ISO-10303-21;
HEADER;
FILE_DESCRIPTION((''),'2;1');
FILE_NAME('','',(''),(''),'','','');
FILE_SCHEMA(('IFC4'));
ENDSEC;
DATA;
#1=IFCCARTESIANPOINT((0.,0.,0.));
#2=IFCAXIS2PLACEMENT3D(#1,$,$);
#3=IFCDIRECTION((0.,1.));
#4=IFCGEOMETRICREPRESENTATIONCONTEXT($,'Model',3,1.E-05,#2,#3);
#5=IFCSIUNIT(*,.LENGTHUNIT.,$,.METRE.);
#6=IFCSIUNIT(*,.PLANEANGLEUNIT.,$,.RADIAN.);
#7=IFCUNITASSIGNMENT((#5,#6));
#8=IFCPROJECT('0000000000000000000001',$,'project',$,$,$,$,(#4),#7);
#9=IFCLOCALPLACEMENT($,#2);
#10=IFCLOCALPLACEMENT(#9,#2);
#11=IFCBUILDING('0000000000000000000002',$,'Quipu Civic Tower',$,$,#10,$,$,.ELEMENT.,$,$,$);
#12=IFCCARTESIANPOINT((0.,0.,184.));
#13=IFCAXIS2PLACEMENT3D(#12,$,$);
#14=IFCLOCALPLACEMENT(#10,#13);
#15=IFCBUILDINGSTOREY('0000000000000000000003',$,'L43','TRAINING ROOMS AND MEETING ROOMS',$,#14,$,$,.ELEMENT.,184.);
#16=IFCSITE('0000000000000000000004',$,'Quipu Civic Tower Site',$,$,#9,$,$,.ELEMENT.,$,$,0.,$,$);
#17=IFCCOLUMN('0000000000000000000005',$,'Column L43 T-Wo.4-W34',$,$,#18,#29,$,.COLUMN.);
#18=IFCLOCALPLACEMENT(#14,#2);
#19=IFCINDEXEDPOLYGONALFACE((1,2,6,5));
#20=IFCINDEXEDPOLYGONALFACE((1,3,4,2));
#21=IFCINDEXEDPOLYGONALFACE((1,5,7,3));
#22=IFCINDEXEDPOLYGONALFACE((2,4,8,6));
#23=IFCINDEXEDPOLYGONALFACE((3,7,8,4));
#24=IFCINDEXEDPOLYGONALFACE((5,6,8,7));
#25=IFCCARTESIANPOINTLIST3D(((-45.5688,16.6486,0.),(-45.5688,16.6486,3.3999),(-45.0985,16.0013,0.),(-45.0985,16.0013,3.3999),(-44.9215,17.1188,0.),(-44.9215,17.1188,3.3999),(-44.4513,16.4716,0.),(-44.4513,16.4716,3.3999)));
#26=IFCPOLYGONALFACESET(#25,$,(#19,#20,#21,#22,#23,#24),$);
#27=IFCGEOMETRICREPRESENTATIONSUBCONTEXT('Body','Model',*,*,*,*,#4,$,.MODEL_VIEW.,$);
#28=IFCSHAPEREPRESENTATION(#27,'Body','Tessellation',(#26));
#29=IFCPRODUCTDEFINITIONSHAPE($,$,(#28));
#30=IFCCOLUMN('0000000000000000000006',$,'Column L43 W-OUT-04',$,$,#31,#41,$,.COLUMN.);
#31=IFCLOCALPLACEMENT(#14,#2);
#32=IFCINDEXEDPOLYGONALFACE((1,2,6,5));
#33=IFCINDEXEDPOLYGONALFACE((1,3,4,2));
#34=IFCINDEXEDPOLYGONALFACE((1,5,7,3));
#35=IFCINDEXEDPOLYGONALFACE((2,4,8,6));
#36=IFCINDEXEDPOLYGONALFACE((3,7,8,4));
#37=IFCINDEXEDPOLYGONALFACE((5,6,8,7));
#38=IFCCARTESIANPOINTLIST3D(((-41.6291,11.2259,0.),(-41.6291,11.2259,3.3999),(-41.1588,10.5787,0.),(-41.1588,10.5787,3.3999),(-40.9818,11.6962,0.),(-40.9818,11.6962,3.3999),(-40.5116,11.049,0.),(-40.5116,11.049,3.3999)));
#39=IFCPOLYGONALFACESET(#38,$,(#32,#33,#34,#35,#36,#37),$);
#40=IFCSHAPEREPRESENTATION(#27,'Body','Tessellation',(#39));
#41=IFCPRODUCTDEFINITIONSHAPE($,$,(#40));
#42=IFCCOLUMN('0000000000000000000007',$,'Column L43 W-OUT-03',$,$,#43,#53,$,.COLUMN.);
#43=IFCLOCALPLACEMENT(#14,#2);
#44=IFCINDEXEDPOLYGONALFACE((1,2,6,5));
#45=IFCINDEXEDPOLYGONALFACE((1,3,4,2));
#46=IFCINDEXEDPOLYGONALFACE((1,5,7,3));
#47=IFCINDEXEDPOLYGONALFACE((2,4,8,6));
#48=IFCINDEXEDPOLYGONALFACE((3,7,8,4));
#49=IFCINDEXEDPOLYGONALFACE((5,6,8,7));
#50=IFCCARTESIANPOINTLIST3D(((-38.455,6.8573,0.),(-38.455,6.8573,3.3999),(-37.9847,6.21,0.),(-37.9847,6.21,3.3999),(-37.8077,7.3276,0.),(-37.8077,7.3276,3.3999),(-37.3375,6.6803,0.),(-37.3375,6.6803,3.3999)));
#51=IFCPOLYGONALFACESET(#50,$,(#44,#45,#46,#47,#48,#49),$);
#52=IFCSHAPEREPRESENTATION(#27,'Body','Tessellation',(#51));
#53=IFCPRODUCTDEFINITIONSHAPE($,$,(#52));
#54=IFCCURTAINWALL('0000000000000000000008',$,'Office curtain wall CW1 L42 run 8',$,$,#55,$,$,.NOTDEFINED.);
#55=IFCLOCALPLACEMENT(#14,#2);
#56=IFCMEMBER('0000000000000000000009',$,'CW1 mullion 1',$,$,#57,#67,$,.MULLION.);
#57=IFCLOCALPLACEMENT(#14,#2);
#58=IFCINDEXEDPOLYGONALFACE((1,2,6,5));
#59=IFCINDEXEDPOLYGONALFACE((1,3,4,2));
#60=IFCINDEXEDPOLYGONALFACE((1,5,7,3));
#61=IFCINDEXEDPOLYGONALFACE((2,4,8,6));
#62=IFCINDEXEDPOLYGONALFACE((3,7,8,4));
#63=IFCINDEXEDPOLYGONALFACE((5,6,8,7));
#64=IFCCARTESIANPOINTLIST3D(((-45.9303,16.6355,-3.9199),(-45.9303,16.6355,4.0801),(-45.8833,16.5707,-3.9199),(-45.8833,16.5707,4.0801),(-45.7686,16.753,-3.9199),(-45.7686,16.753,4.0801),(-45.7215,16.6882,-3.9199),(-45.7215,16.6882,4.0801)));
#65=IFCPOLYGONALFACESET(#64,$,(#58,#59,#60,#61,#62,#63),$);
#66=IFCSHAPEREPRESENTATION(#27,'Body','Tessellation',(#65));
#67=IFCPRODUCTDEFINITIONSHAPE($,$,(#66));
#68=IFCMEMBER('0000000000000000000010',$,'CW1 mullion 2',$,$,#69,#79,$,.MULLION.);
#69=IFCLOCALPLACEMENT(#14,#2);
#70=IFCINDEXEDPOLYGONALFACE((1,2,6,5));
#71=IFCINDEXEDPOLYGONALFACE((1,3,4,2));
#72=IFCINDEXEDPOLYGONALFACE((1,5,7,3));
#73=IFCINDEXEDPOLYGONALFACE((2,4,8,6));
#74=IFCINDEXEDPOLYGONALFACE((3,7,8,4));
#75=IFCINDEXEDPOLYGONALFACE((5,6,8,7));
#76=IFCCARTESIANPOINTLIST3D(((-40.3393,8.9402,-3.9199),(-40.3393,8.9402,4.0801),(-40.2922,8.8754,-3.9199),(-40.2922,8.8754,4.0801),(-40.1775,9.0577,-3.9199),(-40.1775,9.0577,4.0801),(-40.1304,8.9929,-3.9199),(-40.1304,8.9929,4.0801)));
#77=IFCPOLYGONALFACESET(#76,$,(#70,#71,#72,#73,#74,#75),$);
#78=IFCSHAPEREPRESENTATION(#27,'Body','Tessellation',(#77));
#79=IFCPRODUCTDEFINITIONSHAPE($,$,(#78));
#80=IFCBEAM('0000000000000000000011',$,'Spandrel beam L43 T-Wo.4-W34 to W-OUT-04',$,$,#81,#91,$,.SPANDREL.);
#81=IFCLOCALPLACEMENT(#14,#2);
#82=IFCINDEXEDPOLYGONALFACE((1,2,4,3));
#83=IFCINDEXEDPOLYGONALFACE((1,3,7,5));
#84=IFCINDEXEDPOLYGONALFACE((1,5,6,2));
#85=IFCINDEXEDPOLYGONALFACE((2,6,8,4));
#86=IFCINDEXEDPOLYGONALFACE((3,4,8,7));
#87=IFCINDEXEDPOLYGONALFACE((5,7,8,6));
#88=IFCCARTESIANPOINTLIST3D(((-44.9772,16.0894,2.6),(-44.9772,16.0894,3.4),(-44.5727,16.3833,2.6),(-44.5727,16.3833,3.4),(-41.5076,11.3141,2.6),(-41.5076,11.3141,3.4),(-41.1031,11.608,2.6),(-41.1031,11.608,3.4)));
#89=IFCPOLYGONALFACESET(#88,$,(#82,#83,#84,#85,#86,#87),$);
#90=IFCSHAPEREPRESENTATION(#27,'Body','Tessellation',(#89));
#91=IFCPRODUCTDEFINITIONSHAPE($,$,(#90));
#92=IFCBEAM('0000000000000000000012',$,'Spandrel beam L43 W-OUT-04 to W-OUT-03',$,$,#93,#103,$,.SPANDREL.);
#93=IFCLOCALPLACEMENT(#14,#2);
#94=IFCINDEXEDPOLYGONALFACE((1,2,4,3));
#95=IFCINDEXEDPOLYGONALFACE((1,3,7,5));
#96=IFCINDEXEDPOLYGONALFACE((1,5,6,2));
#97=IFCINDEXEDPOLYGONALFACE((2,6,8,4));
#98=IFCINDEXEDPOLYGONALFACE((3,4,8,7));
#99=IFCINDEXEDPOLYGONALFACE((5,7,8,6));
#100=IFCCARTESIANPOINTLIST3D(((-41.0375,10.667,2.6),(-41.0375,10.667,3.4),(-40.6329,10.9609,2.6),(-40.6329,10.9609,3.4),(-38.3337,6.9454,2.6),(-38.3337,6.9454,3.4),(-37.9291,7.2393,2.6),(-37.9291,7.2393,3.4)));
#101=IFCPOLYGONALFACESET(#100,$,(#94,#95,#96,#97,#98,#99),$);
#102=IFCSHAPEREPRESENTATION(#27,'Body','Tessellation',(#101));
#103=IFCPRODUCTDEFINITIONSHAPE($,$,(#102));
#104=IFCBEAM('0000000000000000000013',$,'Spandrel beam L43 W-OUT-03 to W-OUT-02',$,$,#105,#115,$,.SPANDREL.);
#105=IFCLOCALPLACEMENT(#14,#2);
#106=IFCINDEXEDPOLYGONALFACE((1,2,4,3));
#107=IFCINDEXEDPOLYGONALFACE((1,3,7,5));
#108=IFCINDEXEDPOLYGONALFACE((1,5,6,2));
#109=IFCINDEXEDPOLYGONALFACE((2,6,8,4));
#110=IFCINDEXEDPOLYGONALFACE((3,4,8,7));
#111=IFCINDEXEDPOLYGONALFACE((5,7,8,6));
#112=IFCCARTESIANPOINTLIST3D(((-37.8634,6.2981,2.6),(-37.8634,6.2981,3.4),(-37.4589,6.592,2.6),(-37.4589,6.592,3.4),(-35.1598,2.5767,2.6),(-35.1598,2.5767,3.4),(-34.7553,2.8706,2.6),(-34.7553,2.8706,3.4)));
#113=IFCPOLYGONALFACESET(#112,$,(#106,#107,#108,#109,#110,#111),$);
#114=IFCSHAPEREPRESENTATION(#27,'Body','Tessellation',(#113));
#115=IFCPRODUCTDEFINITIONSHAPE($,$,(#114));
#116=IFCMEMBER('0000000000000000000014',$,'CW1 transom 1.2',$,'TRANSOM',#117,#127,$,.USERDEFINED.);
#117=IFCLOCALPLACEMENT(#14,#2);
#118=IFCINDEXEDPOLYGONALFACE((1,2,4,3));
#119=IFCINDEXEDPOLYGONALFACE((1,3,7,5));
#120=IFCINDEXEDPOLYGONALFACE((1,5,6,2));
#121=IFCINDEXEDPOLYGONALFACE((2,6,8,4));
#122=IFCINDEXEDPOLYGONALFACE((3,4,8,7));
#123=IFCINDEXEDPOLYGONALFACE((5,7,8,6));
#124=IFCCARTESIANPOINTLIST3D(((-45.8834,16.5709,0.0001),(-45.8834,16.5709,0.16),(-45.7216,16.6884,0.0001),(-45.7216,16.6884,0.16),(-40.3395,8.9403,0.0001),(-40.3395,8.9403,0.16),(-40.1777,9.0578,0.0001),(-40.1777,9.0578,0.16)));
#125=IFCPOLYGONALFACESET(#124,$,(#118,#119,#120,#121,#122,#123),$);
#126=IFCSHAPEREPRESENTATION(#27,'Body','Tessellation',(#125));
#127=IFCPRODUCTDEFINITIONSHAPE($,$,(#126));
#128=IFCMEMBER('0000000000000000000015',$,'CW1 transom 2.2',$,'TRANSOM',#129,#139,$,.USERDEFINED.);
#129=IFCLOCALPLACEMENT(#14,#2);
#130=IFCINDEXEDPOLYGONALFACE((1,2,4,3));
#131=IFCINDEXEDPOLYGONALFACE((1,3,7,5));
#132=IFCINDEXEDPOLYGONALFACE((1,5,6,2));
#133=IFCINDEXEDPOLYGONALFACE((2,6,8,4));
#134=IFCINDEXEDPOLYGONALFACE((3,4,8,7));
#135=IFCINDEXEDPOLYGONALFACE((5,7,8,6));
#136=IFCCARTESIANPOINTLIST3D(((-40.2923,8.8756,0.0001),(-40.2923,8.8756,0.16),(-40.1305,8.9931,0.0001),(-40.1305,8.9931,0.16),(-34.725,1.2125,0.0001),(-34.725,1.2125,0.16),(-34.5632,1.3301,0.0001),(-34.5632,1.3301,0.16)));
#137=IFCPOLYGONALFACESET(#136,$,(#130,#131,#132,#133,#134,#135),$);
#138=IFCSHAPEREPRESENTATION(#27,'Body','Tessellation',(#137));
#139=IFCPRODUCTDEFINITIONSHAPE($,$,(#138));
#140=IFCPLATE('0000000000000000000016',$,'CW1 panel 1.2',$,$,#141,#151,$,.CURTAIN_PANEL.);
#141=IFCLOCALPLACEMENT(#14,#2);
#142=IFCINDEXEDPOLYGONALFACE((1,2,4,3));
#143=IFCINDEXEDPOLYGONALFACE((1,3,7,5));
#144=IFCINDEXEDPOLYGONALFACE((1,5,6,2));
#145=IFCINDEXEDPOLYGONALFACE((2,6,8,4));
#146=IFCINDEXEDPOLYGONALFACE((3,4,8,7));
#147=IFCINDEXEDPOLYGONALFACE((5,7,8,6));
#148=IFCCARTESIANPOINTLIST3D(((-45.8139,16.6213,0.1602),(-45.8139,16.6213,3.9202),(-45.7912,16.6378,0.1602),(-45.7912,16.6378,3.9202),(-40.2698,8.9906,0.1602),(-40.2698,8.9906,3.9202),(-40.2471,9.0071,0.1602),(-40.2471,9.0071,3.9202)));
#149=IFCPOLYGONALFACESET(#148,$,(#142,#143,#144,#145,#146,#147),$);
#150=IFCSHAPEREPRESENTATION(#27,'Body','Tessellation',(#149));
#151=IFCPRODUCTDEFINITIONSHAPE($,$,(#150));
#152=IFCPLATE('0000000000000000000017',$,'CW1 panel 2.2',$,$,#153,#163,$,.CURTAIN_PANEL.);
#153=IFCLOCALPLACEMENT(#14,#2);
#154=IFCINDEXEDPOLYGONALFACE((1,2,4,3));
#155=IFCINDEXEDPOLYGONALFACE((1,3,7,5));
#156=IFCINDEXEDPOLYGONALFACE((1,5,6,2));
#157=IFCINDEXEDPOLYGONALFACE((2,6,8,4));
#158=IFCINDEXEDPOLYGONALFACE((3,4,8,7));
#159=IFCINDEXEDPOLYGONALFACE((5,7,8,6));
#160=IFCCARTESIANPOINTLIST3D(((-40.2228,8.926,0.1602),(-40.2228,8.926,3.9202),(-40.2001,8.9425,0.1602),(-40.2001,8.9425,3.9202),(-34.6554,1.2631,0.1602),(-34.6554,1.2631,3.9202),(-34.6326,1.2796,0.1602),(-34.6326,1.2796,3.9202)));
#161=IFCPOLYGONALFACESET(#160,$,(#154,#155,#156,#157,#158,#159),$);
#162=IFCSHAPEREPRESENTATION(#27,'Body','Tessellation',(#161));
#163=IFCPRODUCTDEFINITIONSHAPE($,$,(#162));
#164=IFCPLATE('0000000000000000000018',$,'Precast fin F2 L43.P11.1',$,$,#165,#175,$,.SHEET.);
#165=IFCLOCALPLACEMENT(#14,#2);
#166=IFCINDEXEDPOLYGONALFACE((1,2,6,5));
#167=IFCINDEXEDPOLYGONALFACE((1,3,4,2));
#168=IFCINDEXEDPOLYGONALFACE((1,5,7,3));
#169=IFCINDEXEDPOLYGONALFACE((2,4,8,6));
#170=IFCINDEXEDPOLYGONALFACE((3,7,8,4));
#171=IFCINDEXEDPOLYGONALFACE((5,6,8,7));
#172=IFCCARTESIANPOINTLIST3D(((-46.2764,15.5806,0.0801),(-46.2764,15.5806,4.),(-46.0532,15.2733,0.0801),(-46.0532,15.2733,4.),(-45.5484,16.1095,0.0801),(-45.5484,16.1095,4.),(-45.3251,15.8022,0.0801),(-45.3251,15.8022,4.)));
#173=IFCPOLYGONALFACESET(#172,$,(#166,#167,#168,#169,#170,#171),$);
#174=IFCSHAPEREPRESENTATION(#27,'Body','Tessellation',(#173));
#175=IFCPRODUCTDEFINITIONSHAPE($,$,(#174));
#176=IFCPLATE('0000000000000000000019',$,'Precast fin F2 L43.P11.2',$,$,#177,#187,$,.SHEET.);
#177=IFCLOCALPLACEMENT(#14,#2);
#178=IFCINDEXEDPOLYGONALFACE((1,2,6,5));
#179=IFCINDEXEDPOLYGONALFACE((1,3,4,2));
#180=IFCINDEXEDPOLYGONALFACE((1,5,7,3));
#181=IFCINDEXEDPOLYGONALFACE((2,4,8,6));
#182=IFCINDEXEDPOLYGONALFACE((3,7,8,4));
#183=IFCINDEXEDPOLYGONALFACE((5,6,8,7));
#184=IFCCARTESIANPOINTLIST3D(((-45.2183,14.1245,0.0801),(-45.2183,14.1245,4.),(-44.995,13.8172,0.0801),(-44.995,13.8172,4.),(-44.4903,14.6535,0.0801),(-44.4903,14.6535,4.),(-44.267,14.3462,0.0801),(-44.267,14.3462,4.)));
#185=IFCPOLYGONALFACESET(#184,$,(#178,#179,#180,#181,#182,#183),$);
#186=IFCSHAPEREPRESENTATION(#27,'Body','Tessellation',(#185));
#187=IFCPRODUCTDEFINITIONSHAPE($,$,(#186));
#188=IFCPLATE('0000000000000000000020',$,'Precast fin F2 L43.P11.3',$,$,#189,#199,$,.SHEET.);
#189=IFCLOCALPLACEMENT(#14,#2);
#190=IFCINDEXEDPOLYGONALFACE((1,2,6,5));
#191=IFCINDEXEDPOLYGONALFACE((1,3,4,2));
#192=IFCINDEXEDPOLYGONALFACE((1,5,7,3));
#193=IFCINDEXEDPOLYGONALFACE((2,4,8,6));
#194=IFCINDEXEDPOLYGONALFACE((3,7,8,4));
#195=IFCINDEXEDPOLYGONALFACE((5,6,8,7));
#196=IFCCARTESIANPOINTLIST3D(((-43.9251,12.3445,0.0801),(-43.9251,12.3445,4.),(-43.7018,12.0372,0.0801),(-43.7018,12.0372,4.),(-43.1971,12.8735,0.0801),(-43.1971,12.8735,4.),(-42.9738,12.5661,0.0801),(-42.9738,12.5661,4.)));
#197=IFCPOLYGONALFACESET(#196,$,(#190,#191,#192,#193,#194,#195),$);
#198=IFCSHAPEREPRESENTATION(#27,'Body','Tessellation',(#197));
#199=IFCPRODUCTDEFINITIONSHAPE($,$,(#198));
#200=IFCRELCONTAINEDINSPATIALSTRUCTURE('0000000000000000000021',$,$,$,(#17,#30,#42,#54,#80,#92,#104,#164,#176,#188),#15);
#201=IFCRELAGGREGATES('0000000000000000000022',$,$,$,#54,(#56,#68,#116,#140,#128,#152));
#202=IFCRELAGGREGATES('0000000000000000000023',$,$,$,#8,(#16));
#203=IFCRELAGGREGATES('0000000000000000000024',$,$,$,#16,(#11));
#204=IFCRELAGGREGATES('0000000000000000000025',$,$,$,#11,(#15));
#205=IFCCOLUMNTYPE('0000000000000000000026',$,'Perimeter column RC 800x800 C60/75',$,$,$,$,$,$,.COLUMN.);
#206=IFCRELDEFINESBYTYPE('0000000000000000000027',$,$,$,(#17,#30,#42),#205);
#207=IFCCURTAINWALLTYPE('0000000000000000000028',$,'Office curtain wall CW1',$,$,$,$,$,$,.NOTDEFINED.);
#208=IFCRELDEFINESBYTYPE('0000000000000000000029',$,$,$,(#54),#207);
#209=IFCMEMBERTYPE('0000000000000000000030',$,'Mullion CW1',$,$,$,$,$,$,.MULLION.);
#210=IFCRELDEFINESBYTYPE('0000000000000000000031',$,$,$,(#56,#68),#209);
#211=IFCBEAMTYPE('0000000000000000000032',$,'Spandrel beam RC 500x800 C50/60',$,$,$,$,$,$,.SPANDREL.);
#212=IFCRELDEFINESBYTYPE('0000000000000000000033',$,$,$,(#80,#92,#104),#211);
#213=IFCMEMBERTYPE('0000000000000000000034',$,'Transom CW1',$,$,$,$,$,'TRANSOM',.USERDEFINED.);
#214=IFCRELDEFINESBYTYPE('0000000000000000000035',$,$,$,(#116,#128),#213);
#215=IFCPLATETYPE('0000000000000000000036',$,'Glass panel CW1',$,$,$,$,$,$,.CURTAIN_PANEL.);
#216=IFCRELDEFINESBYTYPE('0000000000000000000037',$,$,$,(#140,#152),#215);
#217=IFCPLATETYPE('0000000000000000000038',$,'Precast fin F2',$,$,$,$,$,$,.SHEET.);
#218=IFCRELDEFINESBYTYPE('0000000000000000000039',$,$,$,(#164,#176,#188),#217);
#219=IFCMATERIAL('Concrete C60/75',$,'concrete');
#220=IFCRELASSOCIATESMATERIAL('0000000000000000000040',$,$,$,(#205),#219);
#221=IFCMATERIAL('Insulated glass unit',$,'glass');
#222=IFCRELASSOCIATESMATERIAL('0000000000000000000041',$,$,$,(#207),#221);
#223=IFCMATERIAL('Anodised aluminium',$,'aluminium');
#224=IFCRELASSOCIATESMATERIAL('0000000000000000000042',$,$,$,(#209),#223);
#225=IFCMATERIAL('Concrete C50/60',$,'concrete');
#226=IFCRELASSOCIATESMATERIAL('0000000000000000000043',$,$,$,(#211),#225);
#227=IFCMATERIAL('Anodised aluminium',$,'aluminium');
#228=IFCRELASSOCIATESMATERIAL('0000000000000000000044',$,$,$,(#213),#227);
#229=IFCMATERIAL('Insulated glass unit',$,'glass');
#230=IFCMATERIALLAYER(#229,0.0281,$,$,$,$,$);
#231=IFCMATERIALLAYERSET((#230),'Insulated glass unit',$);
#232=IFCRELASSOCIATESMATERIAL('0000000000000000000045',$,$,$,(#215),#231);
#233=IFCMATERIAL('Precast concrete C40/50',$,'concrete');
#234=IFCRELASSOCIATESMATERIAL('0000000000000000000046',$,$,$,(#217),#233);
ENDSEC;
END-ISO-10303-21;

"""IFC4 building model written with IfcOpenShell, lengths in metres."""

from ifc_helpers import new_model, si_unit, direction, frame, origin, origin_2d, place, context, subcontext, project, spatial, rectangle, extrude, material, layer, layer_set, material_profile, profile_set, type_object, element, aggregate, save


model = new_model("IFC4")

# Units and contexts
model_context = context("Model", 3, precision=1e-05, world=origin(), true_north=direction((0.0, 1.0)))
body_context = subcontext(model_context, "Body", "Model", "MODEL_VIEW")
ifc_project = project(units=[si_unit("LENGTHUNIT", "METRE"), si_unit("PLANEANGLEUNIT", "RADIAN")], contexts=[model_context])

# Site, building, storey
site_placement = place(None, origin())
site = spatial("IfcSite", under=ifc_project, at=site_placement, Name="Quipu Civic Tower Site", CompositionType="ELEMENT", RefElevation=0.0)
building_placement = place(site_placement, origin())
building = spatial("IfcBuilding", under=site, at=building_placement, Name="Quipu Civic Tower", CompositionType="ELEMENT")
storey_placement = place(building_placement, frame((0.0, 0.0, 184.0)))
storey = spatial("IfcBuildingStorey", under=building, at=storey_placement, Name="L43", Description="TRAINING ROOMS AND MEETING ROOMS", CompositionType="ELEMENT", Elevation=184.0)

# Columns
ifc_material_1 = material(Name="Concrete C60/75", Category="concrete")
ifc_material_profile_1 = material_profile(ifc_material_1, rectangle(XDim=0.8, YDim=0.8, at=origin_2d()), Name="RC800x800")
ifc_profile_set_1 = profile_set([ifc_material_profile_1], Name="Concrete C60/75")
column_type = type_object("IfcColumnType", Name="Perimeter column RC 800x800 C60/75", PredefinedType="COLUMN", material=ifc_profile_set_1)
for number, where, z_axis, x_axis, name in (
    (1, (-45.01, 16.5601, 0.0), (0.0, 0.0, 1.0), (0.587785, -0.809017, 0.0), "Column L43 T-Wo.4-W34"),
    (2, (-41.0703, 11.1375, 0.0), (0.0, 0.0, 1.0), (0.587785, -0.809017, 0.0), "Column L43 W-OUT-04"),
    (3, (-37.8962, 6.7688, 0.0), (0.0, 0.0, 1.0), (0.587785, -0.809017, 0.0), "Column L43 W-OUT-03"),
):
    element("IfcColumn", number, at=place(storey_placement, frame(where, z_axis=z_axis, x_axis=x_axis)), inside=storey, type_object=column_type, Name=name, PredefinedType="COLUMN", context=body_context, shape_type="SweptSolid", body=[
        extrude(rectangle(XDim=0.8, YDim=0.8, at=origin_2d()), origin(), (0.0, 0.0, 1.0), 3.3999),
    ])

# Curtain wall, members
ifc_material_2 = material(Name="Insulated glass unit", Category="glass")
curtain_wall_type = type_object("IfcCurtainWallType", Name="Office curtain wall CW1", PredefinedType="NOTDEFINED", material=ifc_material_2)
curtain_wall_placement = place(storey_placement, origin())
curtain_wall = element("IfcCurtainWall", 4, at=curtain_wall_placement, inside=storey, type_object=curtain_wall_type, Name="Office curtain wall CW1 L42 run 8", PredefinedType="NOTDEFINED")
ifc_material_3 = material(Name="Anodised aluminium", Category="aluminium")
ifc_material_profile_2 = material_profile(ifc_material_3, rectangle(XDim=0.2, YDim=0.0801, at=origin_2d()), Name="RECT 200x80")
ifc_profile_set_2 = profile_set([ifc_material_profile_2], Name="Anodised aluminium")
member_type_1 = type_object("IfcMemberType", Name="Mullion CW1", PredefinedType="MULLION", material=ifc_profile_set_2)
member_1_placement = place(storey_placement, frame((-45.8259, 16.6619, -3.9199), z_axis=(0.0, 0.0, 1.0), x_axis=(0.809017, 0.587786, 0.0)))
member_1 = element("IfcMember", 5, at=member_1_placement, type_object=member_type_1, Name="CW1 mullion 1", PredefinedType="MULLION", context=body_context, shape_type="SweptSolid", body=[
    extrude(rectangle(XDim=0.2, YDim=0.0801, at=origin_2d()), origin(), (0.0, 0.0, 1.0), 8.0),
])
member_2_placement = place(storey_placement, frame((-40.2349, 8.9666, -3.9199), z_axis=(0.0, 0.0, 1.0), x_axis=(0.809017, 0.587786, 0.0)))
member_2 = element("IfcMember", 6, at=member_2_placement, type_object=member_type_1, Name="CW1 mullion 2", PredefinedType="MULLION", context=body_context, shape_type="SweptSolid", body=[
    extrude(rectangle(XDim=0.2, YDim=0.0801, at=origin_2d()), origin(), (0.0, 0.0, 1.0), 8.0),
])

# Beams
ifc_material_4 = material(Name="Concrete C50/60", Category="concrete")
ifc_material_profile_3 = material_profile(ifc_material_4, rectangle(XDim=0.5, YDim=0.8, at=origin_2d()), Name="RC500x800")
ifc_profile_set_3 = profile_set([ifc_material_profile_3], Name="Concrete C50/60")
beam_type = type_object("IfcBeamType", Name="Spandrel beam RC 500x800 C50/60", PredefinedType="SPANDREL", material=ifc_profile_set_3)
beam_1_placement = place(storey_placement, frame((-44.7749, 16.2363, 3.0), z_axis=(0.5878, -0.809006, 0.0), x_axis=(0.809006, 0.5878, 0.0)))
element("IfcBeam", 7, at=beam_1_placement, inside=storey, type_object=beam_type, Name="Spandrel beam L43 T-Wo.4-W34 to W-OUT-04", PredefinedType="SPANDREL", context=body_context, shape_type="SweptSolid", body=[
    extrude(rectangle(XDim=0.5, YDim=0.8, at=origin_2d()), origin(), (0.0, 0.0, 1.0), 5.9026),
])
beam_2_placement = place(storey_placement, frame((-40.8352, 10.814, 3.0), z_axis=(0.587771, -0.809027, 0.0), x_axis=(0.809027, 0.587771, 0.0)))
element("IfcBeam", 8, at=beam_2_placement, inside=storey, type_object=beam_type, Name="Spandrel beam L43 W-OUT-04 to W-OUT-03", PredefinedType="SPANDREL", context=body_context, shape_type="SweptSolid", body=[
    extrude(rectangle(XDim=0.5, YDim=0.8, at=origin_2d()), origin(), (0.0, 0.0, 1.0), 4.6001),
])
beam_3_placement = place(storey_placement, frame((-37.6611, 6.4451, 3.0), z_axis=(0.587761, -0.809034, 0.0), x_axis=(0.809034, 0.587761, 0.0)))
element("IfcBeam", 9, at=beam_3_placement, inside=storey, type_object=beam_type, Name="Spandrel beam L43 W-OUT-03 to W-OUT-02", PredefinedType="SPANDREL", context=body_context, shape_type="SweptSolid", body=[
    extrude(rectangle(XDim=0.5, YDim=0.8, at=origin_2d()), origin(), (0.0, 0.0, 1.0), 4.5999),
])

# Members
ifc_material_5 = material(Name="Anodised aluminium", Category="aluminium")
ifc_material_profile_4 = material_profile(ifc_material_5, rectangle(XDim=0.2, YDim=0.1599, at=origin_2d()), Name="RECT 200x160")
ifc_profile_set_4 = profile_set([ifc_material_profile_4], Name="Anodised aluminium")
member_type_2 = type_object("IfcMemberType", Name="Transom CW1", ElementType="TRANSOM", PredefinedType="USERDEFINED", material=ifc_profile_set_4)
member_3_placement = place(storey_placement, frame((-45.8025, 16.6296, 0.0801), z_axis=(0.587784, -0.809018, 0.0), x_axis=(0.809018, 0.587784, 0.0)))
member_3 = element("IfcMember", 10, at=member_3_placement, type_object=member_type_2, Name="CW1 transom 1.2", ObjectType="TRANSOM", PredefinedType="USERDEFINED", context=body_context, shape_type="SweptSolid", body=[
    extrude(rectangle(XDim=0.2, YDim=0.1599, at=origin_2d()), origin(), (0.0, 0.0, 1.0), 9.4319),
])
member_4_placement = place(storey_placement, frame((-40.2114, 8.9343, 0.0801), z_axis=(0.587773, -0.809026, 0.0), x_axis=(0.809026, 0.587773, 0.0)))
member_4 = element("IfcMember", 11, at=member_4_placement, type_object=member_type_2, Name="CW1 transom 2.2", ObjectType="TRANSOM", PredefinedType="USERDEFINED", context=body_context, shape_type="SweptSolid", body=[
    extrude(rectangle(XDim=0.2, YDim=0.1599, at=origin_2d()), origin(), (0.0, 0.0, 1.0), 9.4719),
])

# Plates
ifc_material_6 = material(Name="Insulated glass unit", Category="glass")
ifc_layer_1 = layer(ifc_material_6, 0.0281)
ifc_layer_set_1 = layer_set([ifc_layer_1], Name="Insulated glass unit")
plate_type_1 = type_object("IfcPlateType", Name="Glass panel CW1", PredefinedType="CURTAIN_PANEL", material=ifc_layer_set_1)
plate_1_placement = place(storey_placement, frame((-43.0305, 12.8142, 0.1602), z_axis=(0.0, 0.0, 1.0), x_axis=(0.587786, -0.809017, 0.0)))
plate_1 = element("IfcPlate", 12, at=plate_1_placement, type_object=plate_type_1, Name="CW1 panel 1.2", PredefinedType="CURTAIN_PANEL", context=body_context, shape_type="SweptSolid", body=[
    extrude(rectangle(XDim=9.4321, YDim=0.0281, at=origin_2d()), origin(), (0.0, 0.0, 1.0), 3.76),
])
plate_2_placement = place(storey_placement, frame((-37.4277, 5.1028, 0.1602), z_axis=(0.0, 0.0, 1.0), x_axis=(0.587786, -0.809017, 0.0)))
plate_2 = element("IfcPlate", 13, at=plate_2_placement, type_object=plate_type_1, Name="CW1 panel 2.2", PredefinedType="CURTAIN_PANEL", context=body_context, shape_type="SweptSolid", body=[
    extrude(rectangle(XDim=9.4719, YDim=0.0281, at=origin_2d()), origin(), (0.0, 0.0, 1.0), 3.76),
])
aggregate(curtain_wall, [member_1, member_2, member_3, plate_1, member_4, plate_2])

# Plates
ifc_material_7 = material(Name="Precast concrete C40/50", Category="concrete")
plate_type_2 = type_object("IfcPlateType", Name="Precast fin F2", PredefinedType="SHEET", material=ifc_material_7)
for number, where, z_axis, x_axis, name in (
    (14, (-45.8008, 15.6914, 0.0801), (0.0, 0.0, 1.0), (0.587786, -0.809017, 0.0), "Precast fin F2 L43.P11.1"),
    (15, (-44.7427, 14.2354, 0.0801), (0.0, 0.0, 1.0), (0.587786, -0.809017, 0.0), "Precast fin F2 L43.P11.2"),
    (16, (-43.4495, 12.4553, 0.0801), (0.0, 0.0, 1.0), (0.587786, -0.809017, 0.0), "Precast fin F2 L43.P11.3"),
):
    element("IfcPlate", number, at=place(storey_placement, frame(where, z_axis=z_axis, x_axis=x_axis)), inside=storey, type_object=plate_type_2, Name=name, PredefinedType="SHEET", context=body_context, shape_type="SweptSolid", body=[
        extrude(rectangle(XDim=0.3799, YDim=0.8999, at=origin_2d()), origin(), (0.0, 0.0, 1.0), 3.9199),
    ])

save(model, "model.ifc")
